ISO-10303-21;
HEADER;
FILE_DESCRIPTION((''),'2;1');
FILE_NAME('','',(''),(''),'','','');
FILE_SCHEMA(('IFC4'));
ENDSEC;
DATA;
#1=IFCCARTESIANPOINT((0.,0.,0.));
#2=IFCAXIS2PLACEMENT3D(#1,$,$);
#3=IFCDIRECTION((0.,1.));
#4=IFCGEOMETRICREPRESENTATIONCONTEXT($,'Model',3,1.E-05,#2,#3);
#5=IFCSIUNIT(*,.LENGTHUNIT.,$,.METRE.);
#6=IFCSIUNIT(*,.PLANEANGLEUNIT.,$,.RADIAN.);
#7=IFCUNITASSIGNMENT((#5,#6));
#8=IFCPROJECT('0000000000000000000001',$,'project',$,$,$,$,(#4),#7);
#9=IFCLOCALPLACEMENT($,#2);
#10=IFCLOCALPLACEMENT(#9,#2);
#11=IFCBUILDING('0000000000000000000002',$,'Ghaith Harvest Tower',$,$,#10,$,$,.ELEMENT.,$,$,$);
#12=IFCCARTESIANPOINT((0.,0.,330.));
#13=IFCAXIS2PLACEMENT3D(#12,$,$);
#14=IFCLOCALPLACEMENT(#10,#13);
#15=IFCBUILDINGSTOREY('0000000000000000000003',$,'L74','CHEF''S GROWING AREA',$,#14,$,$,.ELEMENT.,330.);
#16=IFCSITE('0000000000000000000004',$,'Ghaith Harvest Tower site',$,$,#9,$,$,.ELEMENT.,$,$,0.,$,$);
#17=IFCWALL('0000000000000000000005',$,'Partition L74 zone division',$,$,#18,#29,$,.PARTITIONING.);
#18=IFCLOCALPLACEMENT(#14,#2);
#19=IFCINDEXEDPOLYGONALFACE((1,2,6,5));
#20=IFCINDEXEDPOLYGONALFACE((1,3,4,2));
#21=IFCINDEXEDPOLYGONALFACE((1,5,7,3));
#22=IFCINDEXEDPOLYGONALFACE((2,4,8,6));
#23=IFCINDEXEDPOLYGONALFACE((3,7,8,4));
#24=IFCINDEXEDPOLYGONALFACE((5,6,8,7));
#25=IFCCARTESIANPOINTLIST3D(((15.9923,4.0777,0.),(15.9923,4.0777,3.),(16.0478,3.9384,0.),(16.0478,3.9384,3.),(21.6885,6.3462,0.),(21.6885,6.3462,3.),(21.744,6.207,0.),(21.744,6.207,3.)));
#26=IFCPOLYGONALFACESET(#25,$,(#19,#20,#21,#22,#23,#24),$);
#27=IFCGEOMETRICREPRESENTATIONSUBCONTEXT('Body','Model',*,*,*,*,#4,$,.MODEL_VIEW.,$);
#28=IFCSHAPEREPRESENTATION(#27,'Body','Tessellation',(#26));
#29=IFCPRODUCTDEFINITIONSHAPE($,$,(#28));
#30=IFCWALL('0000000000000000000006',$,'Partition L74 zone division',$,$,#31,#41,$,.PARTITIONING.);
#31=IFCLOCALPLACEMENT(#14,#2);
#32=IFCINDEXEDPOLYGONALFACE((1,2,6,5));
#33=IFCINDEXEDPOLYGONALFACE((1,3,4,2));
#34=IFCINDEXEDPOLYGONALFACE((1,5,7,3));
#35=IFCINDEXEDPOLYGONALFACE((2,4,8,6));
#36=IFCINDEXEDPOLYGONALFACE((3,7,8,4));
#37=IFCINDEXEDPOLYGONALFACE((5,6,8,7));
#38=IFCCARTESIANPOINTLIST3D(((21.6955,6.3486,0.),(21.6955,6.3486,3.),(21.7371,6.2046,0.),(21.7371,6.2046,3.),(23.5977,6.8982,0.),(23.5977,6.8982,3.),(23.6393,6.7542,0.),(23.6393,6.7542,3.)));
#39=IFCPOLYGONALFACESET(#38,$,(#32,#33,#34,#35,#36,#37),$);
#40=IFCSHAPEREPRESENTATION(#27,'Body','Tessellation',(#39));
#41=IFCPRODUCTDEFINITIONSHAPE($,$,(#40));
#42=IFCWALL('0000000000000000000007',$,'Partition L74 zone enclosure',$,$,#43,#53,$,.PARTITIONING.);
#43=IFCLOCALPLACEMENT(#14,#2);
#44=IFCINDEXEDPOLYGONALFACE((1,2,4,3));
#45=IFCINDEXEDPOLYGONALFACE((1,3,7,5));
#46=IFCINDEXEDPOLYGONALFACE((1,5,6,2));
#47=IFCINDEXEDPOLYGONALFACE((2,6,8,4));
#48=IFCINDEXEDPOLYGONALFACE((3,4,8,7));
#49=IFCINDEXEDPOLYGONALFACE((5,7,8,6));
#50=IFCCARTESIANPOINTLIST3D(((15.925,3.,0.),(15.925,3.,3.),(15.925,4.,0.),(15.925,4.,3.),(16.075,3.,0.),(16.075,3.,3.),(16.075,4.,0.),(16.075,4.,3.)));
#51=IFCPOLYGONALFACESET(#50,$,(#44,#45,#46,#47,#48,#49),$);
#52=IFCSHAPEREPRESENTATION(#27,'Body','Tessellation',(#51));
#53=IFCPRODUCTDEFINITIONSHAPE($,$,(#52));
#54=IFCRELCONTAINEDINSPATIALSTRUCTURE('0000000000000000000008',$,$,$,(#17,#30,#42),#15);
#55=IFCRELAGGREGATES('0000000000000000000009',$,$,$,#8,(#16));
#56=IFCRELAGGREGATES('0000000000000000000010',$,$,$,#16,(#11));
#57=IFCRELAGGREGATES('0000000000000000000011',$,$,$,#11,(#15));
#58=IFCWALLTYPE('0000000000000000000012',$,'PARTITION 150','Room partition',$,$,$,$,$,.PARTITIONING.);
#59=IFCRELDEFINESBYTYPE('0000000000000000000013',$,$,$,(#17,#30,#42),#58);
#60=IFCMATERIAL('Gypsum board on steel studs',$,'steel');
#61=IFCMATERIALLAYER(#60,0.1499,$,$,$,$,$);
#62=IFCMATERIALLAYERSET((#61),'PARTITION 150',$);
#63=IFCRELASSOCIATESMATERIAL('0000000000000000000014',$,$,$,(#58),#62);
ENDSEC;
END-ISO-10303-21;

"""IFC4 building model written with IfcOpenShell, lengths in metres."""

from ifc_helpers import new_model, si_unit, direction, frame, frame_2d, origin, place, context, subcontext, project, spatial, rectangle, extrude, material, layer, layer_set, type_object, element, save


model = new_model("IFC4")

# Units and contexts
model_context = context("Model", 3, precision=1e-05, world=origin(), true_north=direction((0.0, 1.0)))
body_context = subcontext(model_context, "Body", "Model", "MODEL_VIEW")
ifc_project = project(units=[si_unit("LENGTHUNIT", "METRE"), si_unit("PLANEANGLEUNIT", "RADIAN")], contexts=[model_context])

# Site, building, storey
site_placement = place(None, origin())
site = spatial("IfcSite", under=ifc_project, at=site_placement, Name="Ghaith Harvest Tower site", CompositionType="ELEMENT", RefElevation=0.0)
building_placement = place(site_placement, origin())
building = spatial("IfcBuilding", under=site, at=building_placement, Name="Ghaith Harvest Tower", CompositionType="ELEMENT")
storey_placement = place(building_placement, frame((0.0, 0.0, 330.0)))
storey = spatial("IfcBuildingStorey", under=building, at=storey_placement, Name="L74", Description="CHEF'S GROWING AREA", CompositionType="ELEMENT", Elevation=330.0)

# Walls
ifc_material_1 = material(Name="Gypsum board on steel studs", Category="steel")
ifc_layer_1 = layer(ifc_material_1, 0.1499)
ifc_layer_set_1 = layer_set([ifc_layer_1], Name="PARTITION 150")
wall_type = type_object("IfcWallType", Name="PARTITION 150", Description="Room partition", PredefinedType="PARTITIONING", material=ifc_layer_set_1)
wall_1_placement = place(storey_placement, frame((16.02, 4.0081, 0.0), z_axis=(0.0, 0.0, 1.0), x_axis=(0.929036, 0.36999, 0.0)))
element("IfcWall", 1, at=wall_1_placement, inside=storey, type_object=wall_type, Name="Partition L74 zone division", PredefinedType="PARTITIONING", context=body_context, shape_type="SweptSolid", body=[
    extrude(rectangle(XDim=6.1313, YDim=0.1499, at=frame_2d((3.0657, 0.0))), origin(), (0.0, 0.0, 1.0), 3.0),
])
wall_2_placement = place(storey_placement, frame((21.7163, 6.2766, 0.0), z_axis=(0.0, 0.0, 1.0), x_axis=(0.960705, 0.27757, 0.0)))
element("IfcWall", 2, at=wall_2_placement, inside=storey, type_object=wall_type, Name="Partition L74 zone division", PredefinedType="PARTITIONING", context=body_context, shape_type="SweptSolid", body=[
    extrude(rectangle(XDim=1.98, YDim=0.1499, at=frame_2d((0.99, 0.0))), origin(), (0.0, 0.0, 1.0), 3.0),
])

# Wall
wall_3_placement = place(storey_placement, frame((16.0, 3.0, 0.0), z_axis=(0.0, 0.0, 1.0), x_axis=(0.0, 1.0, 0.0)))
element("IfcWall", 3, at=wall_3_placement, inside=storey, type_object=wall_type, Name="Partition L74 zone enclosure", PredefinedType="PARTITIONING", context=body_context, shape_type="SweptSolid", body=[
    extrude(rectangle(XDim=1.0, YDim=0.1499, at=frame_2d((0.5, 0.0))), origin(), (0.0, 0.0, 1.0), 3.0),
])

save(model, "model.ifc")
